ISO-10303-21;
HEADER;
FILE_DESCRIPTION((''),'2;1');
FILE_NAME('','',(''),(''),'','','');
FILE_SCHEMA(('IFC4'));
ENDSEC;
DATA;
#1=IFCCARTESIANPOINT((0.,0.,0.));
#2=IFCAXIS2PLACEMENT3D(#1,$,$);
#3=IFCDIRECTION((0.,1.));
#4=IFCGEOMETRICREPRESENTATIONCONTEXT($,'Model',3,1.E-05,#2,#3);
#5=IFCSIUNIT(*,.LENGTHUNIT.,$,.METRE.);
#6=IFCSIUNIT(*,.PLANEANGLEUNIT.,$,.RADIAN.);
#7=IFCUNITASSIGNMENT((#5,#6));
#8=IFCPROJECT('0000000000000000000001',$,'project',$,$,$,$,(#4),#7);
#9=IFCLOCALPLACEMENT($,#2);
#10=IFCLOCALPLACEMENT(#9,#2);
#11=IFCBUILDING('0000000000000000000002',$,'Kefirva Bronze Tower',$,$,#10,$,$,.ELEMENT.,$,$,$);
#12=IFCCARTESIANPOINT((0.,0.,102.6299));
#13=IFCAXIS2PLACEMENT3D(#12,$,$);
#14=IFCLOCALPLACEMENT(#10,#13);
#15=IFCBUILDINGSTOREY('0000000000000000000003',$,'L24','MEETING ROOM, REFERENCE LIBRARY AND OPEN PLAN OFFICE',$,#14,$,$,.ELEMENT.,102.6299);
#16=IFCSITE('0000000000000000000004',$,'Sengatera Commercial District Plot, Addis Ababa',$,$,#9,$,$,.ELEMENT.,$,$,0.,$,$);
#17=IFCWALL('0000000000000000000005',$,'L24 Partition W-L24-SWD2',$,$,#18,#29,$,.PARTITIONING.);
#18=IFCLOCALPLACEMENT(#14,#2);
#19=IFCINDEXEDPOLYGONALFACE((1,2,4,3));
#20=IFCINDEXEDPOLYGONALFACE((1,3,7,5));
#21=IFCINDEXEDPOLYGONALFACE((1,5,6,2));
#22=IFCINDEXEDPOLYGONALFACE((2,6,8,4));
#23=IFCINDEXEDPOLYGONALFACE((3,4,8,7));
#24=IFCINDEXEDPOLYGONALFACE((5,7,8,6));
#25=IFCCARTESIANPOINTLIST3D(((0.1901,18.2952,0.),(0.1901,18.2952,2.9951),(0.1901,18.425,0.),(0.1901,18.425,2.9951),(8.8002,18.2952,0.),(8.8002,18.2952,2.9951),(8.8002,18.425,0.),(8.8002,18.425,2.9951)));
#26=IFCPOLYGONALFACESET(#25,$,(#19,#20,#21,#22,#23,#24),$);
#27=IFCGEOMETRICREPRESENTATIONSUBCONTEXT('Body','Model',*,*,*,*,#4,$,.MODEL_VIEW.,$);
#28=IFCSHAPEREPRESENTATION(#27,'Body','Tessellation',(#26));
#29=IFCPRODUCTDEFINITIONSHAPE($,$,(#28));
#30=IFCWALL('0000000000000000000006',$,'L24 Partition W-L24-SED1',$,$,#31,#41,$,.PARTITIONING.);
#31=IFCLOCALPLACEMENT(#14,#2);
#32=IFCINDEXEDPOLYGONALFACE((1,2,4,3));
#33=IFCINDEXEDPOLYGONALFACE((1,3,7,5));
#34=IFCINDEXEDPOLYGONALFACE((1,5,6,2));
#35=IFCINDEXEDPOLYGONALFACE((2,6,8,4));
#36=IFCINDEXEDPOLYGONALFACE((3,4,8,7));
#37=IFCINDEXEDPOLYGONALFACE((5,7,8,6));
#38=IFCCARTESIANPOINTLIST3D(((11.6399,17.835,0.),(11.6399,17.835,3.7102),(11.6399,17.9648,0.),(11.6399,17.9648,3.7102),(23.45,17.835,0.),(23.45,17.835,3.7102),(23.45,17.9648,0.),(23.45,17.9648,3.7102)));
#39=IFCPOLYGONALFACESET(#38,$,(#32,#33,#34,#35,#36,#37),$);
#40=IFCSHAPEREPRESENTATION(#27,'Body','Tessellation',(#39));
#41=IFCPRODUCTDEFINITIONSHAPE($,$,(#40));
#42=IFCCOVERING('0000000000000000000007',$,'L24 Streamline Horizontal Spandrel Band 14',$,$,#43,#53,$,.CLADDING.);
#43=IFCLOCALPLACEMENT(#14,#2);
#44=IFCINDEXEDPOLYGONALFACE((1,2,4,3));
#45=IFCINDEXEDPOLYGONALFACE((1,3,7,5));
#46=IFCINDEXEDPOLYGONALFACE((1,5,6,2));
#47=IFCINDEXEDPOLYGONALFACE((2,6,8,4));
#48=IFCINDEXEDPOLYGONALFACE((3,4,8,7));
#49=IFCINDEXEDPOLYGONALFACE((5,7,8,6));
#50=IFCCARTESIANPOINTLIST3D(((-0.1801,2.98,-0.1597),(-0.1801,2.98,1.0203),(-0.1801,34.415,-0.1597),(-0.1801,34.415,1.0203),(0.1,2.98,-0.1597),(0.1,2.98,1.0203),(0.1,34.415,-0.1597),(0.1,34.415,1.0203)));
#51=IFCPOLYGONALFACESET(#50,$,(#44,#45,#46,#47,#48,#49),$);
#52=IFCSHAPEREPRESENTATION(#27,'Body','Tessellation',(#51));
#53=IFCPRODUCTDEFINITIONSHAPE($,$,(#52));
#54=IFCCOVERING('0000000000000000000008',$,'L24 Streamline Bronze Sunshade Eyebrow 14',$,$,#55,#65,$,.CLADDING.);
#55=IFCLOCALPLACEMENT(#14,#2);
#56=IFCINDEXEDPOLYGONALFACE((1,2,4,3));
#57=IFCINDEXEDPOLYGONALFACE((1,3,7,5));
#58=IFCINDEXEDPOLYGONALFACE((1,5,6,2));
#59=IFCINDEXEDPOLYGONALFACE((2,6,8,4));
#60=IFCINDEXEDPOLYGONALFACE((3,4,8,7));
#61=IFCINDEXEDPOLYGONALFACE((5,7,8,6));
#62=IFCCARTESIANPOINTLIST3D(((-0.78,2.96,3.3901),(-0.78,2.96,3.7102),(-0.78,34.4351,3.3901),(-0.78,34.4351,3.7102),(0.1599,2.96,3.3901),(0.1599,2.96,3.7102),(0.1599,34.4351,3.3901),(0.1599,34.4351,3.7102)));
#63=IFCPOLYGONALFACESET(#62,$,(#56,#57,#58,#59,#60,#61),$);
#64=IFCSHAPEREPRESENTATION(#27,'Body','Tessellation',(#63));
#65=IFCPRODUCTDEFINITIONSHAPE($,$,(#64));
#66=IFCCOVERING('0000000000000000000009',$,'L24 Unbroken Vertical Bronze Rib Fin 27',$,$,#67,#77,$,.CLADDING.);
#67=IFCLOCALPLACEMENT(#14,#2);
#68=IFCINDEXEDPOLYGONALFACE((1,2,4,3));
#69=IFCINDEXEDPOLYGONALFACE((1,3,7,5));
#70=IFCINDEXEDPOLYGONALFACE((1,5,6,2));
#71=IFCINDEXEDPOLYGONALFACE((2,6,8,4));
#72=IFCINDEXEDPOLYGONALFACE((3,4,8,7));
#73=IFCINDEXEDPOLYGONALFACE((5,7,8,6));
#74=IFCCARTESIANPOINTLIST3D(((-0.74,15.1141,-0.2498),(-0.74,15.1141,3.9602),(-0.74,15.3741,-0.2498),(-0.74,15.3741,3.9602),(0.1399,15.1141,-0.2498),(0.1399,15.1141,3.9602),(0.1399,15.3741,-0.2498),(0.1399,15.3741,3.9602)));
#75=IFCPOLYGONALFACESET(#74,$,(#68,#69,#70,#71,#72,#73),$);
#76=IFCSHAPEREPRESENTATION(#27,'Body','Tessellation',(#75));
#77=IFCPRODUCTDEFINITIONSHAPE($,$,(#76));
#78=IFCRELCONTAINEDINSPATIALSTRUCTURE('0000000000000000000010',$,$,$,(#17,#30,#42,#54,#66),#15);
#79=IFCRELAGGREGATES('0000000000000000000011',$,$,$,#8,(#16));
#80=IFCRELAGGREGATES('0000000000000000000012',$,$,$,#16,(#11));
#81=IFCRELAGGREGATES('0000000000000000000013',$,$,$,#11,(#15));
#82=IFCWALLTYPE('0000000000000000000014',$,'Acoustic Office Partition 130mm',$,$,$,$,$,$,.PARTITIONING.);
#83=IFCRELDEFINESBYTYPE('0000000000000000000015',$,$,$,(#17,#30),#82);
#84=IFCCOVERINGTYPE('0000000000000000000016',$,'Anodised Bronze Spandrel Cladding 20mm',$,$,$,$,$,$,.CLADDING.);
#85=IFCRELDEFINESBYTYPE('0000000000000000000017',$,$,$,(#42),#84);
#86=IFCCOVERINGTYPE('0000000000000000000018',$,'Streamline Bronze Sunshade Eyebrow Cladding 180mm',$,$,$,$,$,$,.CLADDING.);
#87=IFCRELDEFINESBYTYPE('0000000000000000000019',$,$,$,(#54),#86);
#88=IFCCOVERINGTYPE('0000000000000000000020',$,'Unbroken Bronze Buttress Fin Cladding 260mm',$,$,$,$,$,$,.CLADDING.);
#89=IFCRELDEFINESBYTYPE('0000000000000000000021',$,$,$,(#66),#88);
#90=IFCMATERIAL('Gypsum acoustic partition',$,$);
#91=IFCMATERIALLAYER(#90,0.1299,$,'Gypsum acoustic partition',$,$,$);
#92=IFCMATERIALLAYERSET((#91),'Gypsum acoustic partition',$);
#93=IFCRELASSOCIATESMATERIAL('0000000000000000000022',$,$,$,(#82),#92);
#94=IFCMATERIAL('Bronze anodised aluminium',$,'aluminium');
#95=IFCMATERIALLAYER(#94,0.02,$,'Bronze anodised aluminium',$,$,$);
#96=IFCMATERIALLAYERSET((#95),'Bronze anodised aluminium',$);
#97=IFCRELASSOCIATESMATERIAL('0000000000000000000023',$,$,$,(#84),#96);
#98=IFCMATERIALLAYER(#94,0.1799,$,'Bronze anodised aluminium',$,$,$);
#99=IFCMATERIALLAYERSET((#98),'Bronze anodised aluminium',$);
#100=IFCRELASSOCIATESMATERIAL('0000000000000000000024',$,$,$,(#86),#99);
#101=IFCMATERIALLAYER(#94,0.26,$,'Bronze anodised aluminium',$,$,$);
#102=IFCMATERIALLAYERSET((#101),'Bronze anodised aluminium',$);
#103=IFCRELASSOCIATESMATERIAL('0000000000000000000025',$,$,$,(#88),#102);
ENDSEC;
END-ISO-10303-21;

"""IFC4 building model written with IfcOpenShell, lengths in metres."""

from ifc_helpers import new_model, si_unit, direction, frame, frame_2d, origin, origin_2d, place, context, subcontext, project, spatial, rectangle, extrude, material, layer, layer_set, type_object, element, save


model = new_model("IFC4")

# Units and contexts
model_context = context("Model", 3, precision=1e-05, world=origin(), true_north=direction((0.0, 1.0)))
body_context = subcontext(model_context, "Body", "Model", "MODEL_VIEW")
ifc_project = project(units=[si_unit("LENGTHUNIT", "METRE"), si_unit("PLANEANGLEUNIT", "RADIAN")], contexts=[model_context])

# Site, building, storey
site_placement = place(None, origin())
site = spatial("IfcSite", under=ifc_project, at=site_placement, Name="Sengatera Commercial District Plot, Addis Ababa", CompositionType="ELEMENT", RefElevation=0.0)
building_placement = place(site_placement, origin())
building = spatial("IfcBuilding", under=site, at=building_placement, Name="Kefirva Bronze Tower", CompositionType="ELEMENT")
storey_placement = place(building_placement, frame((0.0, 0.0, 102.6299)))
storey = spatial("IfcBuildingStorey", under=building, at=storey_placement, Name="L24", Description="MEETING ROOM, REFERENCE LIBRARY AND OPEN PLAN OFFICE", CompositionType="ELEMENT", Elevation=102.6299)

# Shared definitions
ifc_material_1 = material(Name="Bronze anodised aluminium", Category="aluminium")

# Walls
ifc_material_2 = material(Name="Gypsum acoustic partition")
ifc_layer_1 = layer(ifc_material_2, 0.1299, Name="Gypsum acoustic partition")
ifc_layer_set_1 = layer_set([ifc_layer_1], Name="Gypsum acoustic partition")
wall_type = type_object("IfcWallType", Name="Acoustic Office Partition 130mm", PredefinedType="PARTITIONING", material=ifc_layer_set_1)
wall_1_placement = place(storey_placement, frame((0.1899, 18.3601, 0.0), z_axis=(0.0, 0.0, 1.0), x_axis=(1.0, 0.0, 0.0)))
element("IfcWall", 1, at=wall_1_placement, inside=storey, type_object=wall_type, Name="L24 Partition W-L24-SWD2", PredefinedType="PARTITIONING", context=body_context, shape_type="SweptSolid", body=[
    extrude(rectangle(XDim=8.6101, YDim=0.1299, at=frame_2d((4.3052, 0.0))), origin(), (0.0, 0.0, 1.0), 2.9951),
])
wall_2_placement = place(storey_placement, frame((11.6399, 17.8999, 0.0), z_axis=(0.0, 0.0, 1.0), x_axis=(1.0, 0.0, 0.0)))
element("IfcWall", 2, at=wall_2_placement, inside=storey, type_object=wall_type, Name="L24 Partition W-L24-SED1", PredefinedType="PARTITIONING", context=body_context, shape_type="SweptSolid", body=[
    extrude(rectangle(XDim=11.8101, YDim=0.1299, at=frame_2d((5.905, 0.0))), origin(), (0.0, 0.0, 1.0), 3.7102),
])

# Coverings
ifc_layer_2 = layer(ifc_material_1, 0.02, Name="Bronze anodised aluminium")
ifc_layer_set_2 = layer_set([ifc_layer_2], Name="Bronze anodised aluminium")
covering_type_1 = type_object("IfcCoveringType", Name="Anodised Bronze Spandrel Cladding 20mm", PredefinedType="CLADDING", material=ifc_layer_set_2)
covering_1_placement = place(storey_placement, frame((-0.04, 18.6975, -0.1597), z_axis=(0.0, 0.0, 1.0), x_axis=(0.0, -1.0, 0.0)))
element("IfcCovering", 3, at=covering_1_placement, inside=storey, type_object=covering_type_1, Name="L24 Streamline Horizontal Spandrel Band 14", PredefinedType="CLADDING", context=body_context, shape_type="SweptSolid", body=[
    extrude(rectangle(XDim=31.4351, YDim=0.28, at=origin_2d()), origin(), (0.0, 0.0, 1.0), 1.1799),
])
ifc_layer_3 = layer(ifc_material_1, 0.1799, Name="Bronze anodised aluminium")
ifc_layer_set_3 = layer_set([ifc_layer_3], Name="Bronze anodised aluminium")
covering_type_2 = type_object("IfcCoveringType", Name="Streamline Bronze Sunshade Eyebrow Cladding 180mm", PredefinedType="CLADDING", material=ifc_layer_set_3)
covering_2_placement = place(storey_placement, frame((-0.3101, 18.6975, 3.3901), z_axis=(0.0, 0.0, 1.0), x_axis=(0.0, -1.0, 0.0)))
element("IfcCovering", 4, at=covering_2_placement, inside=storey, type_object=covering_type_2, Name="L24 Streamline Bronze Sunshade Eyebrow 14", PredefinedType="CLADDING", context=body_context, shape_type="SweptSolid", body=[
    extrude(rectangle(XDim=31.4751, YDim=0.9399, at=origin_2d()), origin(), (0.0, 0.0, 1.0), 0.3201),
])
ifc_layer_4 = layer(ifc_material_1, 0.26, Name="Bronze anodised aluminium")
ifc_layer_set_4 = layer_set([ifc_layer_4], Name="Bronze anodised aluminium")
covering_type_3 = type_object("IfcCoveringType", Name="Unbroken Bronze Buttress Fin Cladding 260mm", PredefinedType="CLADDING", material=ifc_layer_set_4)
covering_3_placement = place(storey_placement, frame((-0.3, 15.2441, -0.2498), z_axis=(0.0, 0.0, 1.0), x_axis=(0.0, -1.0, 0.0)))
element("IfcCovering", 5, at=covering_3_placement, inside=storey, type_object=covering_type_3, Name="L24 Unbroken Vertical Bronze Rib Fin 27", PredefinedType="CLADDING", context=body_context, shape_type="SweptSolid", body=[
    extrude(rectangle(XDim=0.26, YDim=0.8799, at=origin_2d()), origin(), (0.0, 0.0, 1.0), 4.21),
])

save(model, "model.ifc")
